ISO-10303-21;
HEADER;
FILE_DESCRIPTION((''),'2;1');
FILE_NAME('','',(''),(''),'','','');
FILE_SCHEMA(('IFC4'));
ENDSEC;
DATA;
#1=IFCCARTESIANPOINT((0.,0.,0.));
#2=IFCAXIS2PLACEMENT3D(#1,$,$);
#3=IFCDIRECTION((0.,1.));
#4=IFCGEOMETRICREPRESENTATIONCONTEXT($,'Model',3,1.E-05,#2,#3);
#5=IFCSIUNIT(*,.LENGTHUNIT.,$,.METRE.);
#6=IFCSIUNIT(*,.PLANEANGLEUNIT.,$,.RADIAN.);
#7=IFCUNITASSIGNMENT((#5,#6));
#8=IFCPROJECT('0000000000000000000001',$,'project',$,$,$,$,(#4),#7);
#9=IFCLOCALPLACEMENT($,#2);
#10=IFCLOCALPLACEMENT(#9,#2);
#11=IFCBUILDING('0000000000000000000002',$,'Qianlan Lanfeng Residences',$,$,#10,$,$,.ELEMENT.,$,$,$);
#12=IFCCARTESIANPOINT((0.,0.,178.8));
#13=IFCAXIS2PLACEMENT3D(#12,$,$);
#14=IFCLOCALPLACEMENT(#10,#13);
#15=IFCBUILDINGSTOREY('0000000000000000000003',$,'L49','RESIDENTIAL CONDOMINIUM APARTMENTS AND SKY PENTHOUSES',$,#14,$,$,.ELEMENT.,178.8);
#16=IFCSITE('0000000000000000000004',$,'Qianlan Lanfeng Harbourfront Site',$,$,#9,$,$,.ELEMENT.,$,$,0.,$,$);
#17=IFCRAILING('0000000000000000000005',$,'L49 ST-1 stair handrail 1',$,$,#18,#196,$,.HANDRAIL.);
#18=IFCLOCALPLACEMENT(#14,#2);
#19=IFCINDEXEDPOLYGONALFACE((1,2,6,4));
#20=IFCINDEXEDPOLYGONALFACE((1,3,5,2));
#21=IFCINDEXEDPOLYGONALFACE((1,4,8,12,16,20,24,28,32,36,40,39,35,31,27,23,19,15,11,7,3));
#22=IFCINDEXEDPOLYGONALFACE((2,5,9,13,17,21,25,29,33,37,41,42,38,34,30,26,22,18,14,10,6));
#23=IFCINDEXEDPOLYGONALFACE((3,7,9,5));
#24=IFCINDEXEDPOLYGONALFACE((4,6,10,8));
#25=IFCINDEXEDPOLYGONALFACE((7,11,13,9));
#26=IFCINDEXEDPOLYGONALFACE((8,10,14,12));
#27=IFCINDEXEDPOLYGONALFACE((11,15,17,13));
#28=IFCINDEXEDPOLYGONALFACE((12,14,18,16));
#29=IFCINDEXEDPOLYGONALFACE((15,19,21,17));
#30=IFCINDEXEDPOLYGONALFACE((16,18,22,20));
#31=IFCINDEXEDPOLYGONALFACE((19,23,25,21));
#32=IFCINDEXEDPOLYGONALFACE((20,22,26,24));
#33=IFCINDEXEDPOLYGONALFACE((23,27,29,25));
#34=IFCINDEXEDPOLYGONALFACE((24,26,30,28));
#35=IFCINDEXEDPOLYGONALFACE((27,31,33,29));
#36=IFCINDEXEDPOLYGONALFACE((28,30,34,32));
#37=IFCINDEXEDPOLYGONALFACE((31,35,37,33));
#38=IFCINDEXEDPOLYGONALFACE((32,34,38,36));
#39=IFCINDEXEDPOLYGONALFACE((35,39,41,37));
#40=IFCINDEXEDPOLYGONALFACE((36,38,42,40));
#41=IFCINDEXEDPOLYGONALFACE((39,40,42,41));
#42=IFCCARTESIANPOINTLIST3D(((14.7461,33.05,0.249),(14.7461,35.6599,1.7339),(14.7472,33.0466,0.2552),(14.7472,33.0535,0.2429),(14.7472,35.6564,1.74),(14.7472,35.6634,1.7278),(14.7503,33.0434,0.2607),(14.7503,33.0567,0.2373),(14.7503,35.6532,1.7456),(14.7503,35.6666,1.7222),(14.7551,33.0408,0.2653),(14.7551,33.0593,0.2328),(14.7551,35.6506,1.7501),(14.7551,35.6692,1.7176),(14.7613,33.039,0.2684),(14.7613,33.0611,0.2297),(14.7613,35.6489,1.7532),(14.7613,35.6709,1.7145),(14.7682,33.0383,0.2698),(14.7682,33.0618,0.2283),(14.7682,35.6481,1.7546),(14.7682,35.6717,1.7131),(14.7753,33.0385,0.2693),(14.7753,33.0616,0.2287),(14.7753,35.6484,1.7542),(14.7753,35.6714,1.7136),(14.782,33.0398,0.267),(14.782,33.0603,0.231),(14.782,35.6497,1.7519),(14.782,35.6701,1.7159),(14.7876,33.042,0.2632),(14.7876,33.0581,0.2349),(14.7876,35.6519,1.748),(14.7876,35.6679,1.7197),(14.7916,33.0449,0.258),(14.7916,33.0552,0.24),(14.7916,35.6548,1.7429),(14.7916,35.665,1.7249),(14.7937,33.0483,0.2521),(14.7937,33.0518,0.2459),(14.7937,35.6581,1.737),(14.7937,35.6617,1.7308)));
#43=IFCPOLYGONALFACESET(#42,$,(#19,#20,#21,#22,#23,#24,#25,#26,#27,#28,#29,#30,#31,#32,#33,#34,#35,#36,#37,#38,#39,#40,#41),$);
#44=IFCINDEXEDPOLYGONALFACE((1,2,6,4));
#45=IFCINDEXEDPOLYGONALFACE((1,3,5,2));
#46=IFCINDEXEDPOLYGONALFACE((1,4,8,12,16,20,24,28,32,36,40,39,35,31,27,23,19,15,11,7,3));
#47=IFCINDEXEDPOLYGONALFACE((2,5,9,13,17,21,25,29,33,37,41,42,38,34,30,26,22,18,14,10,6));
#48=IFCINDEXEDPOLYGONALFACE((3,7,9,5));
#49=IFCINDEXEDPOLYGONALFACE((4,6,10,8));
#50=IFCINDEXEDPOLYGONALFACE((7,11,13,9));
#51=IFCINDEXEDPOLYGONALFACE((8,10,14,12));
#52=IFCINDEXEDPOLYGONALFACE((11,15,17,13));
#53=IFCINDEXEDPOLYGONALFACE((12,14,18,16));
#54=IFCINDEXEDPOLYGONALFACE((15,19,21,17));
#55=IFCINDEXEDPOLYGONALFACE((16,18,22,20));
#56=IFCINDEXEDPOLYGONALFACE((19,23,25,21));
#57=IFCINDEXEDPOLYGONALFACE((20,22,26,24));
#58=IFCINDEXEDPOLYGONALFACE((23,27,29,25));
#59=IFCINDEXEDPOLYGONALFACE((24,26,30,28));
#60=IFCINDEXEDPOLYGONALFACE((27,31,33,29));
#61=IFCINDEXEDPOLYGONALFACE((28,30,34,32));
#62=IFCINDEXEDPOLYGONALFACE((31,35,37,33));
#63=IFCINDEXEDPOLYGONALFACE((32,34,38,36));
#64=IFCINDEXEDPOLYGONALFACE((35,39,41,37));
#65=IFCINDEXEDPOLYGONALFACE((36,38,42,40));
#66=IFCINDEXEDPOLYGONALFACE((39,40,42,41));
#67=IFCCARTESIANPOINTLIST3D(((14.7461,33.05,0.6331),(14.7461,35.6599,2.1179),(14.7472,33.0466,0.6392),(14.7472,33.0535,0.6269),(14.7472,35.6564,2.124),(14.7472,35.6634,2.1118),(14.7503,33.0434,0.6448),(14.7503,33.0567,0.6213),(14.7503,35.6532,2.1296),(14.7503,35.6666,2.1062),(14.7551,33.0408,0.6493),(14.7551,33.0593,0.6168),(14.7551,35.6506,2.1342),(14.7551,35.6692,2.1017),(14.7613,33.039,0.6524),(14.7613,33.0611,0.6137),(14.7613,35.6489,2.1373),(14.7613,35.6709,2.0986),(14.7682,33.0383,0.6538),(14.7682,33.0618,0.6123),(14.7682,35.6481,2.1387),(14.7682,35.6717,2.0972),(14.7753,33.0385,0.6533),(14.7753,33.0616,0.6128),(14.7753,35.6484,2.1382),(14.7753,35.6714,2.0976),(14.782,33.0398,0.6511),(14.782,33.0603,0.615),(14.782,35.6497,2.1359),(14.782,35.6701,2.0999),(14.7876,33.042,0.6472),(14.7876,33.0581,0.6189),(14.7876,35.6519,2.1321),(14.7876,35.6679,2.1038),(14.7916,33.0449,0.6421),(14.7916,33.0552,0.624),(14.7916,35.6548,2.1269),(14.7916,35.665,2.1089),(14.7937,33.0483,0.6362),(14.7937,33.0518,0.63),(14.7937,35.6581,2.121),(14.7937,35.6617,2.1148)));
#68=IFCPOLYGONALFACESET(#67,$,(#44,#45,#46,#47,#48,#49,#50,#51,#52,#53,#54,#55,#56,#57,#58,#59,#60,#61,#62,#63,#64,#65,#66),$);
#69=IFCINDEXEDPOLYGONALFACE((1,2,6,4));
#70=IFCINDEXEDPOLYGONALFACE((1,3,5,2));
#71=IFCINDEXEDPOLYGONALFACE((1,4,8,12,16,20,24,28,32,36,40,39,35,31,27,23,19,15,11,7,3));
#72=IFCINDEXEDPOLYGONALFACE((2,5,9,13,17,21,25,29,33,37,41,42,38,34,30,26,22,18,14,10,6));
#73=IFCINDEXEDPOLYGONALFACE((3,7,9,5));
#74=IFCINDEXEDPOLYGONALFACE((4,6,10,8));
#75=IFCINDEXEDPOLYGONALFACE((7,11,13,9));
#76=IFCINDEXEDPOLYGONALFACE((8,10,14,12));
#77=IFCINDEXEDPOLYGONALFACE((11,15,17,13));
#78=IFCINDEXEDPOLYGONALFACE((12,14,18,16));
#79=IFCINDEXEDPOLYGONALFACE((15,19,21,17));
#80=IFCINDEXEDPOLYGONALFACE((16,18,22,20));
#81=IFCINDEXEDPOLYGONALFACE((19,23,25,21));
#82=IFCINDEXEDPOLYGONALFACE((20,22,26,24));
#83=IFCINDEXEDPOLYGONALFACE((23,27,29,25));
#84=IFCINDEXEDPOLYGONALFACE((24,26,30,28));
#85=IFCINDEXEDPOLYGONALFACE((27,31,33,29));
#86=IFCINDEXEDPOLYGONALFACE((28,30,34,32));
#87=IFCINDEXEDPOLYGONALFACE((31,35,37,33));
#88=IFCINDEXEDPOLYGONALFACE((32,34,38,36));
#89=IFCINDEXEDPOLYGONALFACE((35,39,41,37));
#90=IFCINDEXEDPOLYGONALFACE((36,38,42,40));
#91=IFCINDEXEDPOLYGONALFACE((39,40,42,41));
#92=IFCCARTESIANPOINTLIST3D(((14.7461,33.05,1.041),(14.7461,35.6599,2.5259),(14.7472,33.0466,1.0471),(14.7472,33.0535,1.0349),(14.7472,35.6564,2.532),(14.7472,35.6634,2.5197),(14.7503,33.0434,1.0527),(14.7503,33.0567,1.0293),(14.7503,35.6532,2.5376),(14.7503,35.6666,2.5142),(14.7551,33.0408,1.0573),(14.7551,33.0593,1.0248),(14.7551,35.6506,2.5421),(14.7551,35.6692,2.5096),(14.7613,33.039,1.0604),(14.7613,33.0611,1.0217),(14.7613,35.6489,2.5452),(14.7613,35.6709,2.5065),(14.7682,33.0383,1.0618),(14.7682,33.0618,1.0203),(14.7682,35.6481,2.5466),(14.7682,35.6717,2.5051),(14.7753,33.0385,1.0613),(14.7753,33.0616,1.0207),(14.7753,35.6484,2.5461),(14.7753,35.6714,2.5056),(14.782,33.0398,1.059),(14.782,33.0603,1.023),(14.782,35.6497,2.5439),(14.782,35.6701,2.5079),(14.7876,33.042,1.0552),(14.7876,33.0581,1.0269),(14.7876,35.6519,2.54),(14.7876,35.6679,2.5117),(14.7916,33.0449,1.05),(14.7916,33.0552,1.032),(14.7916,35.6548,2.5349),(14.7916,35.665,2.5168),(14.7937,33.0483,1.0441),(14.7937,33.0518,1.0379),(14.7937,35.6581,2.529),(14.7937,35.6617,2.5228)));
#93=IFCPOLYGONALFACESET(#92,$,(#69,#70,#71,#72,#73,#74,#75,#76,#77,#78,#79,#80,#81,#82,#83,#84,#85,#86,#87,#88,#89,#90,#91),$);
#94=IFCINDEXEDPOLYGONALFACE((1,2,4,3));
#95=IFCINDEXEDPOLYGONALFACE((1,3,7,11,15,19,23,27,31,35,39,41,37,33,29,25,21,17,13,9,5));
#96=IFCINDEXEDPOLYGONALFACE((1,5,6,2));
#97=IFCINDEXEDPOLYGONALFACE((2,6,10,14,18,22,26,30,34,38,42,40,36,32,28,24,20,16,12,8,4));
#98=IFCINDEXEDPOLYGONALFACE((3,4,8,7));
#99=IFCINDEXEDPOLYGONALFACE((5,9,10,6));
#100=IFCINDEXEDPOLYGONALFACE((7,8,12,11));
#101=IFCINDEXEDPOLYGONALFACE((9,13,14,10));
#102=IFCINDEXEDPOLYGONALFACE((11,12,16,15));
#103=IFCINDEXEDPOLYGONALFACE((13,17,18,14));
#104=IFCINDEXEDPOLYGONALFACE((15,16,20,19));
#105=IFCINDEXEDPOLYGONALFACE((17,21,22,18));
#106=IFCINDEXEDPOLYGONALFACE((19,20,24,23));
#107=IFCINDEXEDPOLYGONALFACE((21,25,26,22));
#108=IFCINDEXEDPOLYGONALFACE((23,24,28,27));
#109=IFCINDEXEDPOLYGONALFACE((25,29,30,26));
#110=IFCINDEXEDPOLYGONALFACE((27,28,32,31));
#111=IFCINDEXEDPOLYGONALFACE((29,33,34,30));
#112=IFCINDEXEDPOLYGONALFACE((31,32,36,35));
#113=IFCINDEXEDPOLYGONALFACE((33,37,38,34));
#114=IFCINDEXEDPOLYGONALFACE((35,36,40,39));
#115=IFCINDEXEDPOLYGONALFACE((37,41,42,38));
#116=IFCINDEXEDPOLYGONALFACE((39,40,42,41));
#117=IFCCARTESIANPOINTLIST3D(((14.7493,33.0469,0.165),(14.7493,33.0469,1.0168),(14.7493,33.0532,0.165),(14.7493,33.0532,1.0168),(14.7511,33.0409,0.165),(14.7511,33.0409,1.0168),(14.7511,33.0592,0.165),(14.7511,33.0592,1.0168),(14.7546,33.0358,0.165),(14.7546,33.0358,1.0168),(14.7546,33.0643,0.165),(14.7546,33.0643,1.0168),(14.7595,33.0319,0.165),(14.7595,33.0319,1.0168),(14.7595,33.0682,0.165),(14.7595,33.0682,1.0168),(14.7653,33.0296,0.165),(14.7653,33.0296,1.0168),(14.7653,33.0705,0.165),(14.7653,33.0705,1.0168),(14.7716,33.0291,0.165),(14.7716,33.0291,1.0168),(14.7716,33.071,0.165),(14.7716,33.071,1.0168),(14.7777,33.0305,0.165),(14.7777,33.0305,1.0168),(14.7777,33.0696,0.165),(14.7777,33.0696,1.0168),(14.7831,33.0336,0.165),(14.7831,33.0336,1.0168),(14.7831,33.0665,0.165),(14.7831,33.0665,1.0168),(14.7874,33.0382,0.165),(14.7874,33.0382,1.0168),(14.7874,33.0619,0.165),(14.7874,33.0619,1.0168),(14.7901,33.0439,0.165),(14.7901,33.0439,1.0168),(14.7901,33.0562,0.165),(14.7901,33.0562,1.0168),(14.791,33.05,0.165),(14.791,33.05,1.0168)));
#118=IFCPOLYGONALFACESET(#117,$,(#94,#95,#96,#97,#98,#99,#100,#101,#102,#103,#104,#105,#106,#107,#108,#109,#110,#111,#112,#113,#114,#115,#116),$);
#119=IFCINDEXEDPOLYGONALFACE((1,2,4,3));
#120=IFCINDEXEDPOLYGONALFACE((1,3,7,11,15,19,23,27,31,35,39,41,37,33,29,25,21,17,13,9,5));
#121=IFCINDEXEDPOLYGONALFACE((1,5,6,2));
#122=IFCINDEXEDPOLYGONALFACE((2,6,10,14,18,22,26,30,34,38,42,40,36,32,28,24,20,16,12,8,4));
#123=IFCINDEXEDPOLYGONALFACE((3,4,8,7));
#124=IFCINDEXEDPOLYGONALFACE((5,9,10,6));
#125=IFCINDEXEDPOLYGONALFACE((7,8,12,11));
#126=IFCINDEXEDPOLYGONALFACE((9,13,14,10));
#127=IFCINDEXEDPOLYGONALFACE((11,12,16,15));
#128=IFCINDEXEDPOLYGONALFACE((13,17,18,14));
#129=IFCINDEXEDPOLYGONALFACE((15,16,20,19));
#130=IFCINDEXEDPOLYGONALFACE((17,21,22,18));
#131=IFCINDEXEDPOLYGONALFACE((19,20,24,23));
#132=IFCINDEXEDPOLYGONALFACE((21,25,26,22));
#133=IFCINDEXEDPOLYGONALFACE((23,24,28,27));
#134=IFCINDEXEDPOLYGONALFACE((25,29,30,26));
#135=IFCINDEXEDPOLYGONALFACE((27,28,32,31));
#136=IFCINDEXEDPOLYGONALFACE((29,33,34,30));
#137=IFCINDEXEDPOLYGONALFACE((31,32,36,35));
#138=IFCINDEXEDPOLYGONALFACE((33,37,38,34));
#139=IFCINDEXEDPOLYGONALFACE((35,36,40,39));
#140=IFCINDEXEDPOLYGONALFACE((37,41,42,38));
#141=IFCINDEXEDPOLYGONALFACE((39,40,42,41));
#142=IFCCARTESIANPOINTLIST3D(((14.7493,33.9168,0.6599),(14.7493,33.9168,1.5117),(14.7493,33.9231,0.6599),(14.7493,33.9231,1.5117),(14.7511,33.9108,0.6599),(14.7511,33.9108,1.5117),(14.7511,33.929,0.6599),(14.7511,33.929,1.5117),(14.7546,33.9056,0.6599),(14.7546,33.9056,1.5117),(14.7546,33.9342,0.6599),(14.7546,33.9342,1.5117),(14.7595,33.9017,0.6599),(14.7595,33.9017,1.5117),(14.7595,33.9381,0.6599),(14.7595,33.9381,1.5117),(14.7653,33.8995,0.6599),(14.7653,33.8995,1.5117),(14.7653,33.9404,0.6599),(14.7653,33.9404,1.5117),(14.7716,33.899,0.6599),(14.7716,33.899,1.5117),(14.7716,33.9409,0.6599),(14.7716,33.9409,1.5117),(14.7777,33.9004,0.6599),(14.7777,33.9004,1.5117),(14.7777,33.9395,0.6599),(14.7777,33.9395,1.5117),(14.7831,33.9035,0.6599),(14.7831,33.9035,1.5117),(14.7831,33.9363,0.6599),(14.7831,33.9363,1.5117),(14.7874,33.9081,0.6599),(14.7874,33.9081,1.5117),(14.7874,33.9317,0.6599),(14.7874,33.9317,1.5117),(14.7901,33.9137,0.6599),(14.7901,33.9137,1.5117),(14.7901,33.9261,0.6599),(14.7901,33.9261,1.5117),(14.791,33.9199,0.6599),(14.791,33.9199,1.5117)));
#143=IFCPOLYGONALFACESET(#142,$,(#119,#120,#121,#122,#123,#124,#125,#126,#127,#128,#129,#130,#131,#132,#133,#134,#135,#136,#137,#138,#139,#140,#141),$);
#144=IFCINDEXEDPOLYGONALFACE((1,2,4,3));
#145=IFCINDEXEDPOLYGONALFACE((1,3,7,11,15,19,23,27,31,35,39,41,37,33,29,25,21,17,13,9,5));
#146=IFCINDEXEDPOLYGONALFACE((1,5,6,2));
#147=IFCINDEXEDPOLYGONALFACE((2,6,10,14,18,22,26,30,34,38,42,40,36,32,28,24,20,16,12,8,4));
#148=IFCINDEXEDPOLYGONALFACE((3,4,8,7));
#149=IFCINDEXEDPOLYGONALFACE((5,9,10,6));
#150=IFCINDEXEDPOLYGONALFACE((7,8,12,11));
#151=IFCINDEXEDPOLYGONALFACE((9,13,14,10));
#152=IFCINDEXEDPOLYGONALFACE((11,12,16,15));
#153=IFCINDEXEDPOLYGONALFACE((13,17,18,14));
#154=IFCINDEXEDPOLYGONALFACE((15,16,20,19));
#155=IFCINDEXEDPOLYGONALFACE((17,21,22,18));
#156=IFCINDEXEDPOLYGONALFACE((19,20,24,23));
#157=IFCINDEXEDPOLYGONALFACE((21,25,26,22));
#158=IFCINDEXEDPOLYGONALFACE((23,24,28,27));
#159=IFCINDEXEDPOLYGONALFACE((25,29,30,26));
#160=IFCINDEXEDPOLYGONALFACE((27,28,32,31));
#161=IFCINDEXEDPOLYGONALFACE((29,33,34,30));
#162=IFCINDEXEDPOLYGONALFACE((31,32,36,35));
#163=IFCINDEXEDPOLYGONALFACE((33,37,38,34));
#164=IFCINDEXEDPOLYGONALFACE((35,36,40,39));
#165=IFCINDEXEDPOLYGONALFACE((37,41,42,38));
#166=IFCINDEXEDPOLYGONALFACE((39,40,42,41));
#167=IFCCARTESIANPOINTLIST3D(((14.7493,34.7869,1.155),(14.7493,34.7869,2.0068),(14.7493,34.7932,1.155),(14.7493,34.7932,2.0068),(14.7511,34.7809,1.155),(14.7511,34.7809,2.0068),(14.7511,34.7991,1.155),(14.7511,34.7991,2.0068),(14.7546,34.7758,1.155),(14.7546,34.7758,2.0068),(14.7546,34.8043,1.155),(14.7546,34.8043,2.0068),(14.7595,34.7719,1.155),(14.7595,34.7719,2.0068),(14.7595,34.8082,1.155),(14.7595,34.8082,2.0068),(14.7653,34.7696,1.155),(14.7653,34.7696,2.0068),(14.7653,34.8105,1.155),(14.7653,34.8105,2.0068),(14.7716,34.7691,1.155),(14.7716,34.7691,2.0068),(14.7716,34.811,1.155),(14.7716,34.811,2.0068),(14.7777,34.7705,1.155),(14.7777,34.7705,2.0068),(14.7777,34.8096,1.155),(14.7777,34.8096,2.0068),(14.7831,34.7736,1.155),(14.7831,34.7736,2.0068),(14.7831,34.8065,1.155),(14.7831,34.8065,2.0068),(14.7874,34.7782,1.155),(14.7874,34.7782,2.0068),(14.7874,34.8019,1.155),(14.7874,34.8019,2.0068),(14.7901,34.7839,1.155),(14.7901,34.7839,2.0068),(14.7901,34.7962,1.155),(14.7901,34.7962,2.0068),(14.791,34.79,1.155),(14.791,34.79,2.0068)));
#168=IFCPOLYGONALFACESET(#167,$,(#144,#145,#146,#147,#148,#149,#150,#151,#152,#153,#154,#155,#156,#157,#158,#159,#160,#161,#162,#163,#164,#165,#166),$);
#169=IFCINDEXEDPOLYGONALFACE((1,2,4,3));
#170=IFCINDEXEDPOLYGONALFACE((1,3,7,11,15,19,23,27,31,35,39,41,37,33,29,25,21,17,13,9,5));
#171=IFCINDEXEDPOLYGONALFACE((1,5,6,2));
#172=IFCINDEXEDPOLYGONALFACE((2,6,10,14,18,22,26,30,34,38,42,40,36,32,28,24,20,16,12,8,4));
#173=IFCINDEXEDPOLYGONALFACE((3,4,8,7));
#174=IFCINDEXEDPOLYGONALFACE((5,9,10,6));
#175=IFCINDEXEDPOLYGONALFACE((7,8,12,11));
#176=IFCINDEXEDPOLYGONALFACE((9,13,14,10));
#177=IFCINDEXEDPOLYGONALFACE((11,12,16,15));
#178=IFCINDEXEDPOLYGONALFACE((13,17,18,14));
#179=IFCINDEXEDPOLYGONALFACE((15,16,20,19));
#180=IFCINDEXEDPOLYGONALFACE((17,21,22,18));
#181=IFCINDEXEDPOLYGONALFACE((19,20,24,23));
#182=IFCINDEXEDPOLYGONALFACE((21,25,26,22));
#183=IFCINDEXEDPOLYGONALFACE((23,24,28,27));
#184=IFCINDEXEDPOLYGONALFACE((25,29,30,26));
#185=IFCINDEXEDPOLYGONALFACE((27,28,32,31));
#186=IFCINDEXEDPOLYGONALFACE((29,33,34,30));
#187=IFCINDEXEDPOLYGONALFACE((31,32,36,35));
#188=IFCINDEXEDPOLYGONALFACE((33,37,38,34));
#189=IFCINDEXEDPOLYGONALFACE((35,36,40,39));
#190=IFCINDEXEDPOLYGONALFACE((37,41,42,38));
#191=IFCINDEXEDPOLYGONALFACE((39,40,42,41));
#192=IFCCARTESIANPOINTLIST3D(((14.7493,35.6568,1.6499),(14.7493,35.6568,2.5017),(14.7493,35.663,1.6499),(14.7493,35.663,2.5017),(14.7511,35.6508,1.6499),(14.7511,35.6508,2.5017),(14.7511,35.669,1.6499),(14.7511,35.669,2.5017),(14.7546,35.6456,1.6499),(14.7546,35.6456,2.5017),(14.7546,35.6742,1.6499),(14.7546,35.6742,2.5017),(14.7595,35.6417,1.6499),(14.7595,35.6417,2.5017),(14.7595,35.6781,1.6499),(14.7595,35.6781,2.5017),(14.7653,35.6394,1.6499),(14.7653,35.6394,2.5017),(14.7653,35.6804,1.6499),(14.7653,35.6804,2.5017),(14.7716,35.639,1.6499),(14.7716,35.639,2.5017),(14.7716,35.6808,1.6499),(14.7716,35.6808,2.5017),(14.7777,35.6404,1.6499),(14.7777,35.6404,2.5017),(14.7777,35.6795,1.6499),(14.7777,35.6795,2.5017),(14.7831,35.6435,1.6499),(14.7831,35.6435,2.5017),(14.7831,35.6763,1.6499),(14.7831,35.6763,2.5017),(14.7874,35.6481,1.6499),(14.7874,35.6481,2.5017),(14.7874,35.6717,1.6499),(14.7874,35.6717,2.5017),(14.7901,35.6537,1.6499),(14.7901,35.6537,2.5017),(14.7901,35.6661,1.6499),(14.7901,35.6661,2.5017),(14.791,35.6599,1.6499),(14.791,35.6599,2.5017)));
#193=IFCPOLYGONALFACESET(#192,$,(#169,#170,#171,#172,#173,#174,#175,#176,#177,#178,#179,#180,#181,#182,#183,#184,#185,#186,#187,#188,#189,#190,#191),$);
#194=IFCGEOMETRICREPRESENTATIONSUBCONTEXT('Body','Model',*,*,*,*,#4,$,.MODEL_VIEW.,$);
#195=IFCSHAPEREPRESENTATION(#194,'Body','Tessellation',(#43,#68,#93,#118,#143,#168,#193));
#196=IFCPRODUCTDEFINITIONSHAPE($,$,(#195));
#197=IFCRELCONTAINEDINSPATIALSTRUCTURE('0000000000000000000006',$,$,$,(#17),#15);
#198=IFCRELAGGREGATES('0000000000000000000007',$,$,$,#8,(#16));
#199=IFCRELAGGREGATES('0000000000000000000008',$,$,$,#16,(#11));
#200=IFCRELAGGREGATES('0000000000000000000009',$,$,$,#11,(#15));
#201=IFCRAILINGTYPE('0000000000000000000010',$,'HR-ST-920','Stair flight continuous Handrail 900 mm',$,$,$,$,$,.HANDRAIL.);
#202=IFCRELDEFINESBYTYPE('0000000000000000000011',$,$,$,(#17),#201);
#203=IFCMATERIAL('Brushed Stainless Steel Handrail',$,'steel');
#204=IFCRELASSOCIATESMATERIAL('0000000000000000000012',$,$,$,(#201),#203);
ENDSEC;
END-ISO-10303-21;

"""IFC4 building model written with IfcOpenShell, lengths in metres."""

from ifc_helpers import new_model, si_unit, direction, frame, origin, origin_2d, place, context, subcontext, project, spatial, circle, extrude, material, type_object, element, save


model = new_model("IFC4")

# Units and contexts
model_context = context("Model", 3, precision=1e-05, world=origin(), true_north=direction((0.0, 1.0)))
body_context = subcontext(model_context, "Body", "Model", "MODEL_VIEW")
ifc_project = project(units=[si_unit("LENGTHUNIT", "METRE"), si_unit("PLANEANGLEUNIT", "RADIAN")], contexts=[model_context])

# Site, building, storey
site_placement = place(None, origin())
site = spatial("IfcSite", under=ifc_project, at=site_placement, Name="Qianlan Lanfeng Harbourfront Site", CompositionType="ELEMENT", RefElevation=0.0)
building_placement = place(site_placement, origin())
building = spatial("IfcBuilding", under=site, at=building_placement, Name="Qianlan Lanfeng Residences", CompositionType="ELEMENT")
storey_placement = place(building_placement, frame((0.0, 0.0, 178.8)))
storey = spatial("IfcBuildingStorey", under=building, at=storey_placement, Name="L49", Description="RESIDENTIAL CONDOMINIUM APARTMENTS AND SKY PENTHOUSES", CompositionType="ELEMENT", Elevation=178.8)

# Railing
ifc_material_1 = material(Name="Brushed Stainless Steel Handrail", Category="steel")
railing_type_1 = type_object("IfcRailingType", Name="HR-ST-920", Description="Stair flight continuous Handrail 900 mm", PredefinedType="HANDRAIL", material=ifc_material_1)
railing_1_placement = place(storey_placement, frame((14.77, 33.05, 0.165)))
element("IfcRailing", 1, at=railing_1_placement, inside=storey, type_object=railing_type_1, Name="L49 ST-1 stair handrail 1", PredefinedType="HANDRAIL", context=body_context, shape_type="SweptSolid", body=[
    extrude(circle(Radius=0.0239, at=origin_2d()), frame((0.0, 0.0, 0.084), z_axis=(0.0, 0.869172, 0.494509), x_axis=(-1.0, 0.0, 0.0)), (0.0, 0.0, 1.0), 3.0027),
    extrude(circle(Radius=0.0239, at=origin_2d()), frame((0.0, 0.0, 0.468), z_axis=(0.0, 0.869172, 0.494509), x_axis=(-1.0, 0.0, 0.0)), (0.0, 0.0, 1.0), 3.0027),
    extrude(circle(Radius=0.0239, at=origin_2d()), frame((0.0, 0.0, 0.876), z_axis=(0.0, 0.869172, 0.494509), x_axis=(-1.0, 0.0, 0.0)), (0.0, 0.0, 1.0), 3.0027),
    extrude(circle(Radius=0.021, at=origin_2d()), origin(), (0.0, 0.0, 1.0), 0.8518),
    extrude(circle(Radius=0.021, at=origin_2d()), frame((0.0, 0.8699, 0.4949)), (0.0, 0.0, 1.0), 0.8518),
    extrude(circle(Radius=0.021, at=origin_2d()), frame((0.0, 1.74, 0.99)), (0.0, 0.0, 1.0), 0.8518),
    extrude(circle(Radius=0.021, at=origin_2d()), frame((0.0, 2.6099, 1.4849)), (0.0, 0.0, 1.0), 0.8518),
])

save(model, "model.ifc")
